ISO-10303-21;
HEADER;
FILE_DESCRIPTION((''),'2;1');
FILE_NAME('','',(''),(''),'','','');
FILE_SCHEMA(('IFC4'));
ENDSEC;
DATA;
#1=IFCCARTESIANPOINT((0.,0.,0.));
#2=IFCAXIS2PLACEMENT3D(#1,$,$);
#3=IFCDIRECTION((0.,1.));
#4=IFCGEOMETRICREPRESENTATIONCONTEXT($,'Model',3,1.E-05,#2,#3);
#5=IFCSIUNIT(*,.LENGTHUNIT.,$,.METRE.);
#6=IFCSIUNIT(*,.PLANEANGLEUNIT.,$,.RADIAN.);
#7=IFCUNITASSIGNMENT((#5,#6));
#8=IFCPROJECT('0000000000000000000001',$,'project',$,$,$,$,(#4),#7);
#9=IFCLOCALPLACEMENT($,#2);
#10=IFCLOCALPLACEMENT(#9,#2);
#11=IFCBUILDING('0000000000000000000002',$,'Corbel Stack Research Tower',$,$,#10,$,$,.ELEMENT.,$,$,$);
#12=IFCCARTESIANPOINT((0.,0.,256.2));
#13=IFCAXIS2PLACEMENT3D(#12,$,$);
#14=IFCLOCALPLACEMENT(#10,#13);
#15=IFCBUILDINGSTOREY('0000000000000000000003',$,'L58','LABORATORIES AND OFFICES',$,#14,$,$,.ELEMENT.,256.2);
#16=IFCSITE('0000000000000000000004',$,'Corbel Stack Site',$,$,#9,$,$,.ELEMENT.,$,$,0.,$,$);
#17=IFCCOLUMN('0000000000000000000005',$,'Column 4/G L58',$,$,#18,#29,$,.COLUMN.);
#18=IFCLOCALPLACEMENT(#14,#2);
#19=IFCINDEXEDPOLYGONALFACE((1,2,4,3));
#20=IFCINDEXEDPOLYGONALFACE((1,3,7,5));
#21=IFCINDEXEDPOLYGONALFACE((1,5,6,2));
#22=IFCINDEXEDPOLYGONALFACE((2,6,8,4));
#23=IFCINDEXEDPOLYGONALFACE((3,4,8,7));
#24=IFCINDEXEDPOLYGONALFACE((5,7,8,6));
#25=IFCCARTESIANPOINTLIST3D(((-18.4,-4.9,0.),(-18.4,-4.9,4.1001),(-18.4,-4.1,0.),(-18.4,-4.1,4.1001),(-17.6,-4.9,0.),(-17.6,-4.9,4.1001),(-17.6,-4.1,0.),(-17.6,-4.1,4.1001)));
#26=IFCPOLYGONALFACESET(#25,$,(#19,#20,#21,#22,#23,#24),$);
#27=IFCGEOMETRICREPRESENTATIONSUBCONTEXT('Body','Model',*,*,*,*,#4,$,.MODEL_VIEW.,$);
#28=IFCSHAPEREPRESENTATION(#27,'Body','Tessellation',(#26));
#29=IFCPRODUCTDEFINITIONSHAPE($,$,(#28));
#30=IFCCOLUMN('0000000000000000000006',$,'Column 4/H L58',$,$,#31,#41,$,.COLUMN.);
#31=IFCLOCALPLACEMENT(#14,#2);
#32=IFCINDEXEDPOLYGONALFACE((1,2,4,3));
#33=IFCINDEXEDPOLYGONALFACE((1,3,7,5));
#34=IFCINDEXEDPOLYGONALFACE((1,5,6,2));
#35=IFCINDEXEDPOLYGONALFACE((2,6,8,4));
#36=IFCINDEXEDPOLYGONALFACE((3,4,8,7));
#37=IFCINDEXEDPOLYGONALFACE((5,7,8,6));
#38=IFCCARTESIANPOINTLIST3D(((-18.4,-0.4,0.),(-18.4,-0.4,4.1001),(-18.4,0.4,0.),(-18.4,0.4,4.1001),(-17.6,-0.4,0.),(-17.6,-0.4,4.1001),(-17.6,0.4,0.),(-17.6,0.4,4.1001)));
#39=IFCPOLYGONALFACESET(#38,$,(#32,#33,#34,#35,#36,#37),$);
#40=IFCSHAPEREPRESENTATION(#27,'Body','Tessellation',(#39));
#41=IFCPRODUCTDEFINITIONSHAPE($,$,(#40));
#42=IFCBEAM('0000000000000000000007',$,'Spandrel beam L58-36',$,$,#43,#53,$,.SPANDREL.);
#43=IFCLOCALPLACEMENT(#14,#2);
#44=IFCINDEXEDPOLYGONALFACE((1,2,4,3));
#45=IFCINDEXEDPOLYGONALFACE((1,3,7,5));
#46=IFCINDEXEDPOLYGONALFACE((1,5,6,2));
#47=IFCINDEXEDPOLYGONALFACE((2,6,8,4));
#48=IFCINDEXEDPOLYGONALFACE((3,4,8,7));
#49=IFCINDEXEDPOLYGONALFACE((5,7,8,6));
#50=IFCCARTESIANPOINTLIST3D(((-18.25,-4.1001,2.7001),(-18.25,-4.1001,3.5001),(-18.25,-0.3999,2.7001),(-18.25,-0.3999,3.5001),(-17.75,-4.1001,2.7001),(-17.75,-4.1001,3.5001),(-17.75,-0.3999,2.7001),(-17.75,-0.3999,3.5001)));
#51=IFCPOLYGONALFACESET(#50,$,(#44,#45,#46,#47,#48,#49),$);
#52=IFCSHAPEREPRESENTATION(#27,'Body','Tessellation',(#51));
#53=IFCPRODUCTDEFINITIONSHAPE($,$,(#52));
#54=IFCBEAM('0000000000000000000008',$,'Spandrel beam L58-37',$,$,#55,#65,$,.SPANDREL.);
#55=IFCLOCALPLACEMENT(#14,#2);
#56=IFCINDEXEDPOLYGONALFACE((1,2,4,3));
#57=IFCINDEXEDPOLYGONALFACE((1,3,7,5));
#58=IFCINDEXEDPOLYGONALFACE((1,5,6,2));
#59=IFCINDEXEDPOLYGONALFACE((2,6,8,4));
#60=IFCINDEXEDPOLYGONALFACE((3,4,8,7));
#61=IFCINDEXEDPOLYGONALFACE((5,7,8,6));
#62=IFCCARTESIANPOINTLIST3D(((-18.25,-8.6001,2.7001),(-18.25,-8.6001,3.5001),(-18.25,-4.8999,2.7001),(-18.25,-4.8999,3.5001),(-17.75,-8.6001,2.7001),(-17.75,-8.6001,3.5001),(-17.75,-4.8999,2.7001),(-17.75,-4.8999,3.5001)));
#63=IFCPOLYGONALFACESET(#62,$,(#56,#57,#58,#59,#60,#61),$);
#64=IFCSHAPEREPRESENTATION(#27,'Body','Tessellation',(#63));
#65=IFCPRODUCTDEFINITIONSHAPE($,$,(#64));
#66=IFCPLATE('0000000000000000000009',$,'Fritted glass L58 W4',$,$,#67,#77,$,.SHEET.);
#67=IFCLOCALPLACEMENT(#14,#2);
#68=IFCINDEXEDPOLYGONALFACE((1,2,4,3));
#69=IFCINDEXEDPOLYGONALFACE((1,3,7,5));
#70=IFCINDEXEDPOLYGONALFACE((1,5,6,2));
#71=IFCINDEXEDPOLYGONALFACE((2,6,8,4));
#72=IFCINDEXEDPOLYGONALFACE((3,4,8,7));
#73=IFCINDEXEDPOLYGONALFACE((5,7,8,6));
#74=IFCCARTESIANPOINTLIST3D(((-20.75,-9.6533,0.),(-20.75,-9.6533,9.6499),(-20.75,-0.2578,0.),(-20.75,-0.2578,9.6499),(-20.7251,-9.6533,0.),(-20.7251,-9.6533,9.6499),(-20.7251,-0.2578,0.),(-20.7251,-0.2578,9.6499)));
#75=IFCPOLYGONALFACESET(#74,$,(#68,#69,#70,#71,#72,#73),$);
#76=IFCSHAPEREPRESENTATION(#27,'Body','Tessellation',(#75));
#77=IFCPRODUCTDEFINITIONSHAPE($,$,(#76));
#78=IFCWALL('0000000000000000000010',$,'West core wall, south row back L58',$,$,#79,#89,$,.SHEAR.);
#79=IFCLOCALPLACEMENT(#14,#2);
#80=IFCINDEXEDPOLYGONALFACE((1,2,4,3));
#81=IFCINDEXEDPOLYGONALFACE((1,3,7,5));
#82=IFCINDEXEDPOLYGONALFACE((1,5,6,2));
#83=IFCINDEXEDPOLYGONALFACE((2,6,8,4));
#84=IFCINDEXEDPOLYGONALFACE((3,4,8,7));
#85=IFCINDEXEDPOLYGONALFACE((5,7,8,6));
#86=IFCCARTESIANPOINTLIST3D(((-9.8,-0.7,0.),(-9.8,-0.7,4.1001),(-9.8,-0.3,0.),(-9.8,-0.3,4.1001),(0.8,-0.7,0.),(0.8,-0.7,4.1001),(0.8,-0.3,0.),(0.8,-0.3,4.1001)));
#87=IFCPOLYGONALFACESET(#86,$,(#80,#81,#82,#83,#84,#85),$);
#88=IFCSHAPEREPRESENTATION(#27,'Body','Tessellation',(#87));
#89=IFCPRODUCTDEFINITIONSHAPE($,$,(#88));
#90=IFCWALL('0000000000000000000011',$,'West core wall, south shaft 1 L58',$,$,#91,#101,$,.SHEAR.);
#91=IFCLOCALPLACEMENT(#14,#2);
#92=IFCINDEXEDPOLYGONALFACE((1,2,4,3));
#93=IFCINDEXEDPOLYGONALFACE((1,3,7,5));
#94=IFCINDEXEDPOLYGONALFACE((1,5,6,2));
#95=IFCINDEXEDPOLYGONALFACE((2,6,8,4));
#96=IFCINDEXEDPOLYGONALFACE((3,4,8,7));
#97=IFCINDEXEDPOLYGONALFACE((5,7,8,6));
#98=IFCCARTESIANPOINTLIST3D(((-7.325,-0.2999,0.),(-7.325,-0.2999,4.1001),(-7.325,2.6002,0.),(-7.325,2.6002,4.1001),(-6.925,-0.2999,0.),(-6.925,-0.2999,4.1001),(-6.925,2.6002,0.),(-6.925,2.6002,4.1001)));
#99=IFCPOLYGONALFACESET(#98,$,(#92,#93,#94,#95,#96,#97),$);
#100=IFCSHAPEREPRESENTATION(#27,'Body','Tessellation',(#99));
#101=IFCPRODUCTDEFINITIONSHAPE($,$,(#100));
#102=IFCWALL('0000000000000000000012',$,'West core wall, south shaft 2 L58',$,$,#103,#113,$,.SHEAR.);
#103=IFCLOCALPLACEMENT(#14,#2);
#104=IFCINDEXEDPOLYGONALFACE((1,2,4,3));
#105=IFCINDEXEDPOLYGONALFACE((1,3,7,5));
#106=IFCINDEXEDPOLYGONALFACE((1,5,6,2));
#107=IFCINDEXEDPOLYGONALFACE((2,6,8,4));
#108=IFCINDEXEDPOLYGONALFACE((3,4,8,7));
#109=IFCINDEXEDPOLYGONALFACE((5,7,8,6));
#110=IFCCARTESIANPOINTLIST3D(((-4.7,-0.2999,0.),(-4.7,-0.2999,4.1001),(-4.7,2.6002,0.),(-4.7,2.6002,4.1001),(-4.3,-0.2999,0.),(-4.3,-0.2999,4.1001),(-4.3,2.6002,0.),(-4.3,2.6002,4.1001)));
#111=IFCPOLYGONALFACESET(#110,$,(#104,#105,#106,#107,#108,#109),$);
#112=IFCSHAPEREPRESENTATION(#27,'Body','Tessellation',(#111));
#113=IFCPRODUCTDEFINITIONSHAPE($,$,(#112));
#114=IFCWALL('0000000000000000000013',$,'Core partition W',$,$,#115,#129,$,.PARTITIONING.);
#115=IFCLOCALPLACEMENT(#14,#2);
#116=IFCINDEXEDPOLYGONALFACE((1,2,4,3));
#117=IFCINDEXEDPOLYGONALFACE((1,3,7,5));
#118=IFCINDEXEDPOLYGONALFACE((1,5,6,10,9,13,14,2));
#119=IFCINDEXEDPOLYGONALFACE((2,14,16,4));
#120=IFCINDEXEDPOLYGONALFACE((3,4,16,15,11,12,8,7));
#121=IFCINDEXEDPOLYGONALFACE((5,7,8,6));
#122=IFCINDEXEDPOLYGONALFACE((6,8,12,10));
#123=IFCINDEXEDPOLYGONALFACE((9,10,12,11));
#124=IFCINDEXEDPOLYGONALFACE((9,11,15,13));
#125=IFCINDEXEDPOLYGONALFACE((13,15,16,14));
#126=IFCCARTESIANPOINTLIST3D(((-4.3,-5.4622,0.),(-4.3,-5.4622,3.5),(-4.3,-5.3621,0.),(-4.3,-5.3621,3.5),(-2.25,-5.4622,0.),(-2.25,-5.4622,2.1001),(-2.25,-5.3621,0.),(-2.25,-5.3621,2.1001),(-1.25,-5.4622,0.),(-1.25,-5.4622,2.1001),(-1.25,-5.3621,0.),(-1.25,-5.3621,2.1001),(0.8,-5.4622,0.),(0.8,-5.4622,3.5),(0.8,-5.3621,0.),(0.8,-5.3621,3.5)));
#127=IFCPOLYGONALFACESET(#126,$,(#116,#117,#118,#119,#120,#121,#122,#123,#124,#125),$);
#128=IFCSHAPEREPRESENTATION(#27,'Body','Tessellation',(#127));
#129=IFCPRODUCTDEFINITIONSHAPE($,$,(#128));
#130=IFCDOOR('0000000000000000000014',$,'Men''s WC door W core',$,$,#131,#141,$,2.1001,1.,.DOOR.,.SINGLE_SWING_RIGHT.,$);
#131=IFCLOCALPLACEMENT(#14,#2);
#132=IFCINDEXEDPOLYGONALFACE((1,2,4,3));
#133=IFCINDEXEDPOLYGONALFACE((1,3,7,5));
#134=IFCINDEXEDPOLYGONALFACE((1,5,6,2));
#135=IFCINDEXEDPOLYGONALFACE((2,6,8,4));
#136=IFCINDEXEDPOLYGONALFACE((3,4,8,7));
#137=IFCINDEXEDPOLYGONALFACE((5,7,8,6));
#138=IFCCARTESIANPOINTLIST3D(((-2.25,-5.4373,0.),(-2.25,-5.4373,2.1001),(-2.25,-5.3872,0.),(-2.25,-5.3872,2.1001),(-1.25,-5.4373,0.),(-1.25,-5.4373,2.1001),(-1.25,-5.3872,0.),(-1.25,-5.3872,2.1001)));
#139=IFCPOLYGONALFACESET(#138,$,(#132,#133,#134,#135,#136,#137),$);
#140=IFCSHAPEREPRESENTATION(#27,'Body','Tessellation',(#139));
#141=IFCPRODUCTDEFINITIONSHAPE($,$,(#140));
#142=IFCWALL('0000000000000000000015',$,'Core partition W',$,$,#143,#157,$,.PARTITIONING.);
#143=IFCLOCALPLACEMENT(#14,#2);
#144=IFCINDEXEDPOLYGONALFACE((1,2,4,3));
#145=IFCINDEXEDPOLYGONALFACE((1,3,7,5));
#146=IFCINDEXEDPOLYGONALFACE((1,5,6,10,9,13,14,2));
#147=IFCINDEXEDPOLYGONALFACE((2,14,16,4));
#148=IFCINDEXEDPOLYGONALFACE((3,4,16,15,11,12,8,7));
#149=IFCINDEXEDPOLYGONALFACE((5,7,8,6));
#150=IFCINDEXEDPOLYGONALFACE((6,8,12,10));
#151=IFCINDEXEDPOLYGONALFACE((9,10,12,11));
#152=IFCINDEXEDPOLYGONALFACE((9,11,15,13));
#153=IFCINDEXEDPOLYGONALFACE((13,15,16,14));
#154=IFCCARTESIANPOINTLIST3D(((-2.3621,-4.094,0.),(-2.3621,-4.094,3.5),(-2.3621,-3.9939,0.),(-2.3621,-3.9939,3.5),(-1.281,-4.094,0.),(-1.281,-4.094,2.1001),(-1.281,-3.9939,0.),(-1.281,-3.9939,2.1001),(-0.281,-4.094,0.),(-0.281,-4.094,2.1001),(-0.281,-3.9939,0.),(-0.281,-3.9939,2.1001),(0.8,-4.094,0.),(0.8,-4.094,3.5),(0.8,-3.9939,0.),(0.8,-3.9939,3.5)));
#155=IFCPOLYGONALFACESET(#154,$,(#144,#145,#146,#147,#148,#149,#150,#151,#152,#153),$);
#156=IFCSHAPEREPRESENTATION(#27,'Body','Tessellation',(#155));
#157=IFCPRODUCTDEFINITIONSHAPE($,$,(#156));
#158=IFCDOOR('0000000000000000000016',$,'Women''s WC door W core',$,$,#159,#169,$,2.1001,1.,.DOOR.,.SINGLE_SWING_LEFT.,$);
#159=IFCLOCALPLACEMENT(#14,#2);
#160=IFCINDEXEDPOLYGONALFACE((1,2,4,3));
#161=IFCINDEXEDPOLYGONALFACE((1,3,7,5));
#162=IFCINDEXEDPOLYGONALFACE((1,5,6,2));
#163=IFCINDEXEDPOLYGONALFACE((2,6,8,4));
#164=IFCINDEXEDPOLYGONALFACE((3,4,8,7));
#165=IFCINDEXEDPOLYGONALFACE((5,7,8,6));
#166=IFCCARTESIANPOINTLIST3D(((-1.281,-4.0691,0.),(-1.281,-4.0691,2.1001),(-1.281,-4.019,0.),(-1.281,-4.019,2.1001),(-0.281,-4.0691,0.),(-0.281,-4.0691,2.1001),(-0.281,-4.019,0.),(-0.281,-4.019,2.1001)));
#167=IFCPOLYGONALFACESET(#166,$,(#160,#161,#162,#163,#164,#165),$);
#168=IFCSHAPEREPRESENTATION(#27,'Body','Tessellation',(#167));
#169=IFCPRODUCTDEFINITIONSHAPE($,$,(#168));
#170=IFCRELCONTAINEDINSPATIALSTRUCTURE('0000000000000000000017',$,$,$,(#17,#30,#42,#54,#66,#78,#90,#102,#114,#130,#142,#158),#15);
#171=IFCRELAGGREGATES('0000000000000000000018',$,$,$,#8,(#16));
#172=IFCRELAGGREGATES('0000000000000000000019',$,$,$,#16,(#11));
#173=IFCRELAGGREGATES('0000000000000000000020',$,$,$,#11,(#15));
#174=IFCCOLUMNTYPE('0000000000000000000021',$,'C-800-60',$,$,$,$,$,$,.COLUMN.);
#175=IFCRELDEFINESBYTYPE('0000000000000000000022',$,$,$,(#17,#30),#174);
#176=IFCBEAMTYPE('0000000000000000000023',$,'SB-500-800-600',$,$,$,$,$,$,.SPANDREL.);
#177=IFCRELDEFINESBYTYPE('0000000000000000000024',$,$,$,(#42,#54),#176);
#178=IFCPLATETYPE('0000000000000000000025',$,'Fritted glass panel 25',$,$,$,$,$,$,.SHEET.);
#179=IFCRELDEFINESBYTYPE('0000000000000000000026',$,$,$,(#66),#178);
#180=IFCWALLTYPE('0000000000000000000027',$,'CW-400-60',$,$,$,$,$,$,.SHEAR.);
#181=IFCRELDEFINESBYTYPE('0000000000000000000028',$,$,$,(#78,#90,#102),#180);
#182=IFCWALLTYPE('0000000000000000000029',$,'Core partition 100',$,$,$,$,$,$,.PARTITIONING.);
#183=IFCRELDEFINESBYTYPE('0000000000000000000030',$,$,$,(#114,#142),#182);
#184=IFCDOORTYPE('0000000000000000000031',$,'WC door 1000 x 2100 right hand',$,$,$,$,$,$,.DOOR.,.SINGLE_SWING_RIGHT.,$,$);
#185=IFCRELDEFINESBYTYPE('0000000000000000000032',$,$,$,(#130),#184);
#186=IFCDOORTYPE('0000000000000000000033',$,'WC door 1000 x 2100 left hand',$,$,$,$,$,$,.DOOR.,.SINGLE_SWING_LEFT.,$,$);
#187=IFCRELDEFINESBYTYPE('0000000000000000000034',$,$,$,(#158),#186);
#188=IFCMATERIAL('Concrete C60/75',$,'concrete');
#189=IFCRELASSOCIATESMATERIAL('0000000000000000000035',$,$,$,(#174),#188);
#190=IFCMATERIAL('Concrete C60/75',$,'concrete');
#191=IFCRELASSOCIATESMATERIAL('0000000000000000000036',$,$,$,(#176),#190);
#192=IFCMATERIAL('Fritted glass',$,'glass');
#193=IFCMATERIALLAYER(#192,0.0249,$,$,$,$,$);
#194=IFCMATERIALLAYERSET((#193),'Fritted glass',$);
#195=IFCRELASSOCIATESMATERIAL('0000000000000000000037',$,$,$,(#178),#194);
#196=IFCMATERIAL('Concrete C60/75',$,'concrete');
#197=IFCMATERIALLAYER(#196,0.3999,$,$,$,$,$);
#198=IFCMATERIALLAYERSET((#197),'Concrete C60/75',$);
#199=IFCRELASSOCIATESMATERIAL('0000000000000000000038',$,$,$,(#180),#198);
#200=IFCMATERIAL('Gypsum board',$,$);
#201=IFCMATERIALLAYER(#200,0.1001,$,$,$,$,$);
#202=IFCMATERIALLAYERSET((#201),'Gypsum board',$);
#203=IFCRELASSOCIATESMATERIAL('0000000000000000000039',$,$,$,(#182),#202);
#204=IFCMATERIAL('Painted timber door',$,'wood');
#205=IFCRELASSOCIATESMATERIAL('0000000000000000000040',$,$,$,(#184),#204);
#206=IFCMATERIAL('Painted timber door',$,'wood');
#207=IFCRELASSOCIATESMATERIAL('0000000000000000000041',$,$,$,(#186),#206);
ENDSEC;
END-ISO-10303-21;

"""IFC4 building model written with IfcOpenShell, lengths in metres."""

from ifc_helpers import new_model, si_unit, direction, frame, frame_2d, origin, origin_2d, place, context, subcontext, project, spatial, rectangle, extrude, material, layer, layer_set, material_profile, profile_set, type_object, element, fill, save


model = new_model("IFC4")

# Units and contexts
model_context = context("Model", 3, precision=1e-05, world=origin(), true_north=direction((0.0, 1.0)))
body_context = subcontext(model_context, "Body", "Model", "MODEL_VIEW")
ifc_project = project(units=[si_unit("LENGTHUNIT", "METRE"), si_unit("PLANEANGLEUNIT", "RADIAN")], contexts=[model_context])

# Site, building, storey
site_placement = place(None, origin())
site = spatial("IfcSite", under=ifc_project, at=site_placement, Name="Corbel Stack Site", CompositionType="ELEMENT", RefElevation=0.0)
building_placement = place(site_placement, origin())
building = spatial("IfcBuilding", under=site, at=building_placement, Name="Corbel Stack Research Tower", CompositionType="ELEMENT")
storey_placement = place(building_placement, frame((0.0, 0.0, 256.2)))
storey = spatial("IfcBuildingStorey", under=building, at=storey_placement, Name="L58", Description="LABORATORIES AND OFFICES", CompositionType="ELEMENT", Elevation=256.2)

# Columns
ifc_material_1 = material(Name="Concrete C60/75", Category="concrete")
ifc_material_profile_1 = material_profile(ifc_material_1, rectangle(XDim=0.8, YDim=0.8, at=origin_2d()), Name="RC 800 x 800")
ifc_profile_set_1 = profile_set([ifc_material_profile_1], Name="Concrete C60/75")
column_type = type_object("IfcColumnType", Name="C-800-60", PredefinedType="COLUMN", material=ifc_profile_set_1)
for number, where, z_axis, x_axis, name in (
    (1, (-18.0, -4.5, 0.0), (0.0, 0.0, 1.0), (1.0, 0.0, 0.0), "Column 4/G L58"),
    (2, (-18.0, 0.0, 0.0), (0.0, 0.0, 1.0), (1.0, 0.0, 0.0), "Column 4/H L58"),
):
    element("IfcColumn", number, at=place(storey_placement, frame(where, z_axis=z_axis, x_axis=x_axis)), inside=storey, type_object=column_type, Name=name, PredefinedType="COLUMN", context=body_context, shape_type="SweptSolid", body=[
        extrude(rectangle(XDim=0.8, YDim=0.8, at=origin_2d()), origin(), (0.0, 0.0, 1.0), 4.1001),
    ])

# Beams
ifc_material_2 = material(Name="Concrete C60/75", Category="concrete")
ifc_material_profile_2 = material_profile(ifc_material_2, rectangle(XDim=0.5, YDim=0.8, at=origin_2d()), Name="RC 500 x 800")
ifc_profile_set_2 = profile_set([ifc_material_profile_2], Name="Concrete C60/75")
beam_type = type_object("IfcBeamType", Name="SB-500-800-600", PredefinedType="SPANDREL", material=ifc_profile_set_2)
for number, where, z_axis, x_axis, name in (
    (3, (-18.0, -0.3999, 3.1001), (0.0, -1.0, 0.0), (1.0, 0.0, 0.0), "Spandrel beam L58-36"),
    (4, (-18.0, -4.8999, 3.1001), (0.0, -1.0, 0.0), (1.0, 0.0, 0.0), "Spandrel beam L58-37"),
):
    element("IfcBeam", number, at=place(storey_placement, frame(where, z_axis=z_axis, x_axis=x_axis)), inside=storey, type_object=beam_type, Name=name, PredefinedType="SPANDREL", context=body_context, shape_type="SweptSolid", body=[
        extrude(rectangle(XDim=0.5, YDim=0.8, at=origin_2d()), origin(), (0.0, 0.0, 1.0), 3.7002),
    ])

# Plate
ifc_material_3 = material(Name="Fritted glass", Category="glass")
ifc_layer_1 = layer(ifc_material_3, 0.0249)
ifc_layer_set_1 = layer_set([ifc_layer_1], Name="Fritted glass")
plate_type = type_object("IfcPlateType", Name="Fritted glass panel 25", PredefinedType="SHEET", material=ifc_layer_set_1)
plate_placement = place(storey_placement, frame((-20.7375, -4.9556, 0.0), z_axis=(0.0, 0.0, 1.0), x_axis=(0.0, -1.0, 0.0)))
element("IfcPlate", 5, at=plate_placement, inside=storey, type_object=plate_type, Name="Fritted glass L58 W4", PredefinedType="SHEET", context=body_context, shape_type="SweptSolid", body=[
    extrude(rectangle(XDim=9.3955, YDim=0.0249, at=origin_2d()), origin(), (0.0, 0.0, 1.0), 9.6499),
])

# Walls
ifc_material_4 = material(Name="Concrete C60/75", Category="concrete")
ifc_layer_2 = layer(ifc_material_4, 0.3999)
ifc_layer_set_2 = layer_set([ifc_layer_2], Name="Concrete C60/75")
wall_type_1 = type_object("IfcWallType", Name="CW-400-60", PredefinedType="SHEAR", material=ifc_layer_set_2)
wall_1_placement = place(storey_placement, frame((-9.8, -0.5, 0.0), z_axis=(0.0, 0.0, 1.0), x_axis=(1.0, 0.0, 0.0)))
element("IfcWall", 6, at=wall_1_placement, inside=storey, type_object=wall_type_1, Name="West core wall, south row back L58", PredefinedType="SHEAR", context=body_context, shape_type="SweptSolid", body=[
    extrude(rectangle(XDim=10.6001, YDim=0.3999, at=frame_2d((5.3, 0.0))), origin(), (0.0, 0.0, 1.0), 4.1001),
])
for number, where, z_axis, x_axis, name in (
    (7, (-7.125, -0.3, 0.0), (0.0, 0.0, 1.0), (0.0, 1.0, 0.0), "West core wall, south shaft 1 L58"),
    (8, (-4.5, -0.3, 0.0), (0.0, 0.0, 1.0), (0.0, 1.0, 0.0), "West core wall, south shaft 2 L58"),
):
    element("IfcWall", number, at=place(storey_placement, frame(where, z_axis=z_axis, x_axis=x_axis)), inside=storey, type_object=wall_type_1, Name=name, PredefinedType="SHEAR", context=body_context, shape_type="SweptSolid", body=[
        extrude(rectangle(XDim=2.9001, YDim=0.3999, at=frame_2d((1.4502, 0.0))), origin(), (0.0, 0.0, 1.0), 4.1001),
    ])

# Walls, openings, doors
ifc_material_5 = material(Name="Gypsum board")
ifc_layer_3 = layer(ifc_material_5, 0.1001)
ifc_layer_set_3 = layer_set([ifc_layer_3], Name="Gypsum board")
wall_type_2 = type_object("IfcWallType", Name="Core partition 100", PredefinedType="PARTITIONING", material=ifc_layer_set_3)
wall_2_placement = place(storey_placement, frame((-4.3, -5.4121, 0.0), z_axis=(0.0, 0.0, 1.0), x_axis=(1.0, 0.0, 0.0)))
wall_2 = element("IfcWall", 9, at=wall_2_placement, inside=storey, type_object=wall_type_2, Name="Core partition W", PredefinedType="PARTITIONING", context=body_context, shape_type="SweptSolid", body=[
    extrude(rectangle(XDim=5.1001, YDim=0.1001, at=frame_2d((2.55, 0.0))), origin(), (0.0, 0.0, 1.0), 3.5),
])
opening_1_placement = place(wall_2_placement, frame((2.05, 0.0, 0.0)))
opening_1 = element("IfcOpeningElement", 10, at=opening_1_placement, cuts=wall_2, PredefinedType="OPENING", context=body_context, shape_type="SweptSolid", body=[
    extrude(rectangle(XDim=1.0, YDim=2.1001, at=frame_2d((0.5, 1.05))), frame((0.0, 0.0601, 0.0), z_axis=(0.0, -1.0, 0.0), x_axis=(1.0, 0.0, 0.0)), (0.0, 0.0, 1.0), 0.1201),
])
ifc_material_6 = material(Name="Painted timber door", Category="wood")
door_type_1 = type_object("IfcDoorType", Name="WC door 1000 x 2100 right hand", OperationType="SINGLE_SWING_RIGHT", PredefinedType="DOOR", material=ifc_material_6)
door_1_placement = place(opening_1_placement, origin())
door_1 = element("IfcDoor", 11, at=door_1_placement, inside=storey, type_object=door_type_1, Name="Men's WC door W core", OperationType="SINGLE_SWING_RIGHT", OverallHeight=2.1001, OverallWidth=1.0, PredefinedType="DOOR", context=body_context, shape_type="SweptSolid", body=[
    extrude(rectangle(XDim=1.0, YDim=2.1001, at=frame_2d((0.5, 1.05))), frame((0.0, 0.0249, 0.0), z_axis=(0.0, -1.0, 0.0), x_axis=(1.0, 0.0, 0.0)), (0.0, 0.0, 1.0), 0.05),
])
fill(opening_1, door_1)
wall_3_placement = place(storey_placement, frame((-2.3621, -4.0439, 0.0), z_axis=(0.0, 0.0, 1.0), x_axis=(1.0, 0.0, 0.0)))
wall_3 = element("IfcWall", 12, at=wall_3_placement, inside=storey, type_object=wall_type_2, Name="Core partition W", PredefinedType="PARTITIONING", context=body_context, shape_type="SweptSolid", body=[
    extrude(rectangle(XDim=3.1621, YDim=0.1001, at=frame_2d((1.5811, 0.0))), origin(), (0.0, 0.0, 1.0), 3.5),
])
opening_2_placement = place(wall_3_placement, frame((1.0811, 0.0, 0.0)))
opening_2 = element("IfcOpeningElement", 13, at=opening_2_placement, cuts=wall_3, PredefinedType="OPENING", context=body_context, shape_type="SweptSolid", body=[
    extrude(rectangle(XDim=1.0, YDim=2.1001, at=frame_2d((0.5, 1.05))), frame((0.0, 0.0601, 0.0), z_axis=(0.0, -1.0, 0.0), x_axis=(1.0, 0.0, 0.0)), (0.0, 0.0, 1.0), 0.1201),
])
ifc_material_7 = material(Name="Painted timber door", Category="wood")
door_type_2 = type_object("IfcDoorType", Name="WC door 1000 x 2100 left hand", OperationType="SINGLE_SWING_LEFT", PredefinedType="DOOR", material=ifc_material_7)
door_2_placement = place(opening_2_placement, origin())
door_2 = element("IfcDoor", 14, at=door_2_placement, inside=storey, type_object=door_type_2, Name="Women's WC door W core", OperationType="SINGLE_SWING_LEFT", OverallHeight=2.1001, OverallWidth=1.0, PredefinedType="DOOR", context=body_context, shape_type="SweptSolid", body=[
    extrude(rectangle(XDim=1.0, YDim=2.1001, at=frame_2d((0.5, 1.05))), frame((0.0, 0.0249, 0.0), z_axis=(0.0, -1.0, 0.0), x_axis=(1.0, 0.0, 0.0)), (0.0, 0.0, 1.0), 0.05),
])
fill(opening_2, door_2)

save(model, "model.ifc")
